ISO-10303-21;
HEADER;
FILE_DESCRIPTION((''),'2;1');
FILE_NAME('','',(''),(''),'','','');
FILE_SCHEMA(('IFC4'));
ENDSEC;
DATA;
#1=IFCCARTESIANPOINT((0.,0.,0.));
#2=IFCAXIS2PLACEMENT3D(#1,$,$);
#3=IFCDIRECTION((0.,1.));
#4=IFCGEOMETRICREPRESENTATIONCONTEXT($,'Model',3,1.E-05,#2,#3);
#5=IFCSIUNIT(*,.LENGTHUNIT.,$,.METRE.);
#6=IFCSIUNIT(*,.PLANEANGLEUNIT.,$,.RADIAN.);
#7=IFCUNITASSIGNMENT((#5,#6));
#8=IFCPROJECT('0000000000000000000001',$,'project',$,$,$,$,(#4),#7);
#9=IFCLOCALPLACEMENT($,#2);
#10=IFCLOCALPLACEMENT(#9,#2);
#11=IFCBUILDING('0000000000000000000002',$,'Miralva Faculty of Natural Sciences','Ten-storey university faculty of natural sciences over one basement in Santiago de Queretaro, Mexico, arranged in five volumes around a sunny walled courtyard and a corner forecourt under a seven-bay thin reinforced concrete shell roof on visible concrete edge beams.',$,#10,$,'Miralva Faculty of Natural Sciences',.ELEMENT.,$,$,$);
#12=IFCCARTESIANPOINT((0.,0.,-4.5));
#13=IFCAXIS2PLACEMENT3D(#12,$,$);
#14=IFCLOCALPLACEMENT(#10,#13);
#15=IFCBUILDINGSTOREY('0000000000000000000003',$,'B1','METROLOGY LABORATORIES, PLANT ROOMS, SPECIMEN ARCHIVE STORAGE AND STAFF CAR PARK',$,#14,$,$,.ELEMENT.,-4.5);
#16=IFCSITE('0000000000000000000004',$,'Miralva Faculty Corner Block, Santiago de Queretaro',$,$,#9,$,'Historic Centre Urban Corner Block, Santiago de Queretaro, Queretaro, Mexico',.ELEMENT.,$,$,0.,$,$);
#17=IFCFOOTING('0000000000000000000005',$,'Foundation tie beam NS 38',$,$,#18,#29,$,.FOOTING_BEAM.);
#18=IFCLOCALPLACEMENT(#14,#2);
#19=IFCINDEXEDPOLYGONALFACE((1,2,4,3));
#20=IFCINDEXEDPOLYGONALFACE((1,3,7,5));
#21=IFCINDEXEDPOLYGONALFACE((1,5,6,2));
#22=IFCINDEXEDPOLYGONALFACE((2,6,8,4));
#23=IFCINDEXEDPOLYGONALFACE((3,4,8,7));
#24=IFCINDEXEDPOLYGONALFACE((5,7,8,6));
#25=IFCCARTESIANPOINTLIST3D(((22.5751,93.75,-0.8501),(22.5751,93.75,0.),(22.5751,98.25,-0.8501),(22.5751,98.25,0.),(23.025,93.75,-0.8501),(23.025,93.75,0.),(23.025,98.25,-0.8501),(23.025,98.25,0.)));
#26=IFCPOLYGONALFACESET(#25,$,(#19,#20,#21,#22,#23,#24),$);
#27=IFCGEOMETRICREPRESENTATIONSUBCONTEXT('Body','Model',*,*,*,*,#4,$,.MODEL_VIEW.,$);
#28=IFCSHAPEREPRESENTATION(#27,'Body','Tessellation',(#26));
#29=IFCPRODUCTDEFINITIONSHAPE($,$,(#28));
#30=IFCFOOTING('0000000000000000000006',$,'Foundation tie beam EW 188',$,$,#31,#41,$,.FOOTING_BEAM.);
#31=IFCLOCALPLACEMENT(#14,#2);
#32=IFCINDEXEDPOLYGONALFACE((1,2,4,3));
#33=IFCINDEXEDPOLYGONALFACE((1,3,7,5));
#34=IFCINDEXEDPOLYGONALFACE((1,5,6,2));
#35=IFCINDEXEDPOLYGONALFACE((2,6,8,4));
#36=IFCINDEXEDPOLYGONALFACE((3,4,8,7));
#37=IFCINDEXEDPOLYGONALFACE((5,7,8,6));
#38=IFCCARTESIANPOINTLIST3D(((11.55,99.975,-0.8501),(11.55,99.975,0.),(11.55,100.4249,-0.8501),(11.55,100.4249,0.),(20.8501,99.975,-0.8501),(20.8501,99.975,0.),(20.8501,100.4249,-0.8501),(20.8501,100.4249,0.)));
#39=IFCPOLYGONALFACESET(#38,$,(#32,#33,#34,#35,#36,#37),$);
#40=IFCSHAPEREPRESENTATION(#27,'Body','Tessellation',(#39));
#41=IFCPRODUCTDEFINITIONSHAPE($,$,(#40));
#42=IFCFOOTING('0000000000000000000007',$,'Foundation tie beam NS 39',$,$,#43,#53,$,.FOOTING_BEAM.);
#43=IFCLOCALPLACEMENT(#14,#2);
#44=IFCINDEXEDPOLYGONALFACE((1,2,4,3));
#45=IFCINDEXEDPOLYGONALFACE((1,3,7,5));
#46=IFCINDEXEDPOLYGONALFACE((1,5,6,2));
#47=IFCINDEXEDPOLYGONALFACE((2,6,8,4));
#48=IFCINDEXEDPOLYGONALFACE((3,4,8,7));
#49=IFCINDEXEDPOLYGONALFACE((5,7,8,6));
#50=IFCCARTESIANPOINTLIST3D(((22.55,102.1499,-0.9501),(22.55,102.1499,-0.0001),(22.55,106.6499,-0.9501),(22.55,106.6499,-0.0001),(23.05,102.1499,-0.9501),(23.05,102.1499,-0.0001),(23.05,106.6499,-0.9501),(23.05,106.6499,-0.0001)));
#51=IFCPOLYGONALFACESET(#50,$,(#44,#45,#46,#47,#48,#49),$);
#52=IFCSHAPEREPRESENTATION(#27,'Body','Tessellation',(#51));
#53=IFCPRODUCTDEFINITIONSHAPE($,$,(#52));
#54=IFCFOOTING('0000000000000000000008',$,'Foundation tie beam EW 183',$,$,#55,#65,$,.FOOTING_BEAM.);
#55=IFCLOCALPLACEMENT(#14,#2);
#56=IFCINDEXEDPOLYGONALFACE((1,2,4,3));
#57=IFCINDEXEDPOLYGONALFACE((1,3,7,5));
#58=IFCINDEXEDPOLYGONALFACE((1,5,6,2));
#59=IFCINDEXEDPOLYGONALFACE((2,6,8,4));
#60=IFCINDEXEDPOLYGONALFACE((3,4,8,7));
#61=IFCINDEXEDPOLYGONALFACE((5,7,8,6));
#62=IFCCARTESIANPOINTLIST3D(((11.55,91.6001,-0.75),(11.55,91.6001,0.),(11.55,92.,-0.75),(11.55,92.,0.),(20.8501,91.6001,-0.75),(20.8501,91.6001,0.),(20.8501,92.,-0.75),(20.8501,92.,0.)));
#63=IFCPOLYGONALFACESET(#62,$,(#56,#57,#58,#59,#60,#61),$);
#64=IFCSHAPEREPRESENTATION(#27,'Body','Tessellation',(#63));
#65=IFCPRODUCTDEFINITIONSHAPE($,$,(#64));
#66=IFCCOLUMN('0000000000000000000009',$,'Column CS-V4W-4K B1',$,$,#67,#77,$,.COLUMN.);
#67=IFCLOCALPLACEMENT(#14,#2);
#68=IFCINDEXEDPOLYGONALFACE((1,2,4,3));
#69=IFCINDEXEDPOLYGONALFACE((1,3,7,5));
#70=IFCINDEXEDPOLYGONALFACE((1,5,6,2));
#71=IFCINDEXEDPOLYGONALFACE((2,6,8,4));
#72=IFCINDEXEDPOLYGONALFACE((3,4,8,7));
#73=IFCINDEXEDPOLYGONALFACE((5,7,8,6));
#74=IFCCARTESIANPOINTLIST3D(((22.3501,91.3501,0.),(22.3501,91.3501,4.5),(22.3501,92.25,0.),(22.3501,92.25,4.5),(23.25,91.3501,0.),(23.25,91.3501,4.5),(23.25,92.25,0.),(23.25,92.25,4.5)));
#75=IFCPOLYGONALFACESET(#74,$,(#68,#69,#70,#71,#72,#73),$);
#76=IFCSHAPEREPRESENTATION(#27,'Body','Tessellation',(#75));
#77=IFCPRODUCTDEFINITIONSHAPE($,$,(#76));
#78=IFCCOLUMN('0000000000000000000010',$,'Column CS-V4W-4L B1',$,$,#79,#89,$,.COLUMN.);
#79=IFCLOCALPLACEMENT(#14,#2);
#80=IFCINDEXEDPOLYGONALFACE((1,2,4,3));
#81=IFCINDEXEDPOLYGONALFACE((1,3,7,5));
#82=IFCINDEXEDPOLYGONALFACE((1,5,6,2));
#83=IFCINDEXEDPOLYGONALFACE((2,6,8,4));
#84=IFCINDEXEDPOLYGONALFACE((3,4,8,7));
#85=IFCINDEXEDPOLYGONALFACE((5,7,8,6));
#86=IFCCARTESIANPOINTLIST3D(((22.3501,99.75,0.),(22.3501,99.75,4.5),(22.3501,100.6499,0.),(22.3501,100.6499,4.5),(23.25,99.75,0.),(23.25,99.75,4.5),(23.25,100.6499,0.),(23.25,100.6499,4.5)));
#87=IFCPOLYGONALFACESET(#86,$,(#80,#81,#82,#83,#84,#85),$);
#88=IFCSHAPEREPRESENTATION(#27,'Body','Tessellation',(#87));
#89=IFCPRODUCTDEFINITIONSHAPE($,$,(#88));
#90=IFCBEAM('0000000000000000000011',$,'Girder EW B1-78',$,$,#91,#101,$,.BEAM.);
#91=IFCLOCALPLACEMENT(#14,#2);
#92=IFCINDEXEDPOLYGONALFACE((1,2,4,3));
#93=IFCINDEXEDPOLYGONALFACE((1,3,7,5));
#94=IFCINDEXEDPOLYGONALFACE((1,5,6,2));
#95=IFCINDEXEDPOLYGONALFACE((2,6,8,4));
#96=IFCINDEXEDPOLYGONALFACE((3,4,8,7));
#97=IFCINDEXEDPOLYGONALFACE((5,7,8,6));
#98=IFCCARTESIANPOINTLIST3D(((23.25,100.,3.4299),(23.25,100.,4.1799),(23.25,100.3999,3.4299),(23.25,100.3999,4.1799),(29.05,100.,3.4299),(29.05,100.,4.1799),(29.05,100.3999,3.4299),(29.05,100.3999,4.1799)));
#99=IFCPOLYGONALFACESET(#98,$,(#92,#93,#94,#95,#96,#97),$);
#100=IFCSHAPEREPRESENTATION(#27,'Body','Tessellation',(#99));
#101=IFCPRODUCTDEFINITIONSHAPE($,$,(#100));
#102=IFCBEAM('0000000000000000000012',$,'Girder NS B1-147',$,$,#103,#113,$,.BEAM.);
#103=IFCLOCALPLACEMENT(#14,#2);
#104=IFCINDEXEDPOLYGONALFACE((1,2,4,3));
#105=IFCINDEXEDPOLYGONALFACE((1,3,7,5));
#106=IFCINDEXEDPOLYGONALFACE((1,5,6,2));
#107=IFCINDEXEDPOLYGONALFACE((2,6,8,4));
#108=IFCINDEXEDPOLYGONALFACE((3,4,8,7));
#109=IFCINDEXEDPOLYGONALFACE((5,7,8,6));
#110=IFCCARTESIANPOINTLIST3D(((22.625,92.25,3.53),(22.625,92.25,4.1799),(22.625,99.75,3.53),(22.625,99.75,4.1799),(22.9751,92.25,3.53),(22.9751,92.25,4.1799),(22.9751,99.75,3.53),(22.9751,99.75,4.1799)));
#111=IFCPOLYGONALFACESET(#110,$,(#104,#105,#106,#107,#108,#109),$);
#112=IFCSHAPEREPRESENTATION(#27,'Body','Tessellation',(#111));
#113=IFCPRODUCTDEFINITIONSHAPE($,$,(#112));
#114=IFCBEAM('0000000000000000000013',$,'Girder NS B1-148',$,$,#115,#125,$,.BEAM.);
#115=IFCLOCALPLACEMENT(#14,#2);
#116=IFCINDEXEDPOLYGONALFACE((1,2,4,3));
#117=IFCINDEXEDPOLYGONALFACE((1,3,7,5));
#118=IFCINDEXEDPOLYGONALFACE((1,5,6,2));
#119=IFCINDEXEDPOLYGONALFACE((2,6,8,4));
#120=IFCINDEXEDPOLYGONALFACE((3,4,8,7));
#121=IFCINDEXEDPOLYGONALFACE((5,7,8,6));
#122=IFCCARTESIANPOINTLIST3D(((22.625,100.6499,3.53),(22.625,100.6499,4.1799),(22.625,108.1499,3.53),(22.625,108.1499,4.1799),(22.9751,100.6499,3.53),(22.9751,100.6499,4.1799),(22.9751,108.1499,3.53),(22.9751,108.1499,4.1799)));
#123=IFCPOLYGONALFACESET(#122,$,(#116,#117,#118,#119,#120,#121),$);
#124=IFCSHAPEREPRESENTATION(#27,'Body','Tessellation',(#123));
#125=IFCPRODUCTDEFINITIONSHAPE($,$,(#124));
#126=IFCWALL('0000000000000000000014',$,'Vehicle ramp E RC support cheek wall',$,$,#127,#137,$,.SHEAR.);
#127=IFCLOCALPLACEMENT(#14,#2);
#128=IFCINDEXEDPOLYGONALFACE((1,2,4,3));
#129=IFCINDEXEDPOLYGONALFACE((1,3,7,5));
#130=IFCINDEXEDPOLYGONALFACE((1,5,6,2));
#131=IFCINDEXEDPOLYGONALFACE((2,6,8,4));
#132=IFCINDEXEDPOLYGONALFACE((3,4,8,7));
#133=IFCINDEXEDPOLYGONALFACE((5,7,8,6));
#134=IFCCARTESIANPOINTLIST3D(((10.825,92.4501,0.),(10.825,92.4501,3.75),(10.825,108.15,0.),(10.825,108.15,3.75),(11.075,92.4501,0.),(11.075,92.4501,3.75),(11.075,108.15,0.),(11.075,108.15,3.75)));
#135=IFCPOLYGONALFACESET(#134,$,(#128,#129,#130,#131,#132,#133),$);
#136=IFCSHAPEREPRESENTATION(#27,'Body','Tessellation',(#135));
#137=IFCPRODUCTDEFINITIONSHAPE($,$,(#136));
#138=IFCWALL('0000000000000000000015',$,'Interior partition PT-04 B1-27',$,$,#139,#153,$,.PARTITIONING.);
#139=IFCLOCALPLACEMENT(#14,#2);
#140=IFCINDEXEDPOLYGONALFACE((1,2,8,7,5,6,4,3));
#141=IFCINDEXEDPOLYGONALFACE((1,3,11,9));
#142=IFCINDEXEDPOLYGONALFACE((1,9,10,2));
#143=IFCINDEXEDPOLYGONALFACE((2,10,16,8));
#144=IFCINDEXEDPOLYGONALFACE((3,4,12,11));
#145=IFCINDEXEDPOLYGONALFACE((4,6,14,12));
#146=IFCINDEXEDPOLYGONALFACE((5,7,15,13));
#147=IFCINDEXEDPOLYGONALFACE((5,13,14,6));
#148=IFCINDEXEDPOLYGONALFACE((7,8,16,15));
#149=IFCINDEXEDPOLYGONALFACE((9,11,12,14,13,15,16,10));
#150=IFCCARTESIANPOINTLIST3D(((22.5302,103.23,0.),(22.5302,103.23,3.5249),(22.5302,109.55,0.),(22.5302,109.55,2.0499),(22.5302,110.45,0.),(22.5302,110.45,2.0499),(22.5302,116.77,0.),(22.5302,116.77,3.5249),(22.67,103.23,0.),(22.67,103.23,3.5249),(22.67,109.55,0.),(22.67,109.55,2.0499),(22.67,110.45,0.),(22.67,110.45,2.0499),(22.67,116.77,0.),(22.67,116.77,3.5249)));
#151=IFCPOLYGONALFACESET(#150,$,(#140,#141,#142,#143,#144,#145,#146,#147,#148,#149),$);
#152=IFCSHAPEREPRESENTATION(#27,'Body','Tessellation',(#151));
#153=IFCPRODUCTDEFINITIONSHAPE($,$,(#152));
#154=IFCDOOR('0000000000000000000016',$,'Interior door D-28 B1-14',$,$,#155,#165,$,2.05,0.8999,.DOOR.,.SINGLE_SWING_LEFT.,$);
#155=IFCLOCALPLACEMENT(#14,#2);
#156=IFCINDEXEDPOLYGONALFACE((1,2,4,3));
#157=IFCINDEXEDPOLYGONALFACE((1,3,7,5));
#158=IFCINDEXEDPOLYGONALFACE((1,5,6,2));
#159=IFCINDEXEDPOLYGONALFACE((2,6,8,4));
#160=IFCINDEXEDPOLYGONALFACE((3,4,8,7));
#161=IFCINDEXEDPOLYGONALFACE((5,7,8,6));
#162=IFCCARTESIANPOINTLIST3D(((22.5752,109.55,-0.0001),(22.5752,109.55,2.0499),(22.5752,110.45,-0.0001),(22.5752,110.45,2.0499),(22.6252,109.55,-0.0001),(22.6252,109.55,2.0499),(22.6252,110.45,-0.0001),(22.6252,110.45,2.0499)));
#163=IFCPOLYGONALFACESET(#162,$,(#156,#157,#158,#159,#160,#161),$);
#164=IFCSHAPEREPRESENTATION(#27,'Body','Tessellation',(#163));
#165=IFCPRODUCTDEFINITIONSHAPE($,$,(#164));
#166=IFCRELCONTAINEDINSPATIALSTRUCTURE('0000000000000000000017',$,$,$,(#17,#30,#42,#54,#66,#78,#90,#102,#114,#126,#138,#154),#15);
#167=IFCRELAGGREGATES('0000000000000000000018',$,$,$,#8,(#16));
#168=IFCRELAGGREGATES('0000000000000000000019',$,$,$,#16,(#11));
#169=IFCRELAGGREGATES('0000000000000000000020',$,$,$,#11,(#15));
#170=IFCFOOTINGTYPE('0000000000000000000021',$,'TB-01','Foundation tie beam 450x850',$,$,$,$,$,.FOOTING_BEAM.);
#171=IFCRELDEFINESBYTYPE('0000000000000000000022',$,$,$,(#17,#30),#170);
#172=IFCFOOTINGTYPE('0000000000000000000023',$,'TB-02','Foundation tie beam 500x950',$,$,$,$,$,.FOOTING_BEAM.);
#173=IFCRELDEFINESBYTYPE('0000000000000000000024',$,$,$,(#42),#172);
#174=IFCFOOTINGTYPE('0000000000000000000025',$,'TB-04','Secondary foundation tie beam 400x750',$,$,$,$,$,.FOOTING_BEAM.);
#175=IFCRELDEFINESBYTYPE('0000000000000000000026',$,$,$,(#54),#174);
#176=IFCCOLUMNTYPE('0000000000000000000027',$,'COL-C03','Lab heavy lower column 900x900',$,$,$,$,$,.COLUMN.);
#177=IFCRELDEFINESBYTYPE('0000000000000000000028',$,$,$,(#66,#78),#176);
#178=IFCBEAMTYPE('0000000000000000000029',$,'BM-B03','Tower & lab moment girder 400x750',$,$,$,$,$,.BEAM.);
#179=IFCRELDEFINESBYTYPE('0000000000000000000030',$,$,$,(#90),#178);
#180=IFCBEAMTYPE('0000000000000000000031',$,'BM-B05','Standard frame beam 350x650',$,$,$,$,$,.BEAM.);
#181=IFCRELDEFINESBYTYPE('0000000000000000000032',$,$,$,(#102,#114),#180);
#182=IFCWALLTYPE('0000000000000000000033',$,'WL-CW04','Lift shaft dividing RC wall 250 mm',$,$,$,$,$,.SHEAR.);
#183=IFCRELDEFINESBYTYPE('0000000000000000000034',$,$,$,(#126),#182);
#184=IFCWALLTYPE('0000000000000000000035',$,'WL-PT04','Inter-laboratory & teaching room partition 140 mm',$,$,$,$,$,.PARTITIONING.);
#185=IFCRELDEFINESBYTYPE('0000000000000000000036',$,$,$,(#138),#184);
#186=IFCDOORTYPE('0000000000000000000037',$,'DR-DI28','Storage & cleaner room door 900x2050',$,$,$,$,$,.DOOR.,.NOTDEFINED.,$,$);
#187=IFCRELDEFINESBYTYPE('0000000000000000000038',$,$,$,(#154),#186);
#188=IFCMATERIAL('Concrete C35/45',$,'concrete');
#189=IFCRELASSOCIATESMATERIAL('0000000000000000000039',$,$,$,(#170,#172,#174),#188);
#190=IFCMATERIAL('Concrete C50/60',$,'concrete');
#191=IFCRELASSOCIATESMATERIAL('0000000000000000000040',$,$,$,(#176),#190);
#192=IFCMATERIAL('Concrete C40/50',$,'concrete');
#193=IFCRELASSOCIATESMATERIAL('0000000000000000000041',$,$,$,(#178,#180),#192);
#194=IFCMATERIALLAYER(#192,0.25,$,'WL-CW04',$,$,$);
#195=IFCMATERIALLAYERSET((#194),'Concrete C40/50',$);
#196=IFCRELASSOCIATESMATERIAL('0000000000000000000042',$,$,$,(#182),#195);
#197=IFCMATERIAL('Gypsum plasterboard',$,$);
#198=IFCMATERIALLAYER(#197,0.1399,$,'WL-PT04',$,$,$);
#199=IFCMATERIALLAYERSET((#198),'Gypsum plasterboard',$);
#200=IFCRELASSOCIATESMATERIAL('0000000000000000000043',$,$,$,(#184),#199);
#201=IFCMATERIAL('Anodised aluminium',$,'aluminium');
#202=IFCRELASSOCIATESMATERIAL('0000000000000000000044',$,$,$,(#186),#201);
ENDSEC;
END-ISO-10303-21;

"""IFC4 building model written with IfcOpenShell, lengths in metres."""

from ifc_helpers import new_model, si_unit, direction, frame, frame_2d, origin, origin_2d, place, context, subcontext, project, spatial, rectangle, extrude, material, layer, layer_set, material_profile, profile_set, type_object, element, fill, save


model = new_model("IFC4")

# Units and contexts
model_context = context("Model", 3, precision=1e-05, world=origin(), true_north=direction((0.0, 1.0)))
body_context = subcontext(model_context, "Body", "Model", "MODEL_VIEW")
ifc_project = project(units=[si_unit("LENGTHUNIT", "METRE"), si_unit("PLANEANGLEUNIT", "RADIAN")], contexts=[model_context])

# Site, building, storey
site_placement = place(None, origin())
site = spatial("IfcSite", under=ifc_project, at=site_placement, Name="Miralva Faculty Corner Block, Santiago de Queretaro", LongName="Historic Centre Urban Corner Block, Santiago de Queretaro, Queretaro, Mexico", CompositionType="ELEMENT", RefElevation=0.0)
building_placement = place(site_placement, origin())
building = spatial("IfcBuilding", under=site, at=building_placement, Name="Miralva Faculty of Natural Sciences", Description="Ten-storey university faculty of natural sciences over one basement in Santiago de Queretaro, Mexico, arranged in five volumes around a sunny walled courtyard and a corner forecourt under a seven-bay thin reinforced concrete shell roof on visible concrete edge beams.", LongName="Miralva Faculty of Natural Sciences", CompositionType="ELEMENT")
storey_placement = place(building_placement, frame((0.0, 0.0, -4.5)))
storey = spatial("IfcBuildingStorey", under=building, at=storey_placement, Name="B1", Description="METROLOGY LABORATORIES, PLANT ROOMS, SPECIMEN ARCHIVE STORAGE AND STAFF CAR PARK", CompositionType="ELEMENT", Elevation=-4.5)

# Shared definitions
ifc_material_1 = material(Name="Concrete C35/45", Category="concrete")

# Footings
ifc_material_profile_1 = material_profile(ifc_material_1, rectangle(XDim=0.45, YDim=0.8501, at=origin_2d()), Name="RC 450x850")
ifc_profile_set_1 = profile_set([ifc_material_profile_1], Name="Concrete C35/45")
footing_type_1 = type_object("IfcFootingType", Name="TB-01", Description="Foundation tie beam 450x850", PredefinedType="FOOTING_BEAM", material=ifc_profile_set_1)
footing_1_placement = place(storey_placement, frame((22.8, 93.75, -0.425), z_axis=(0.0, 1.0, 0.0), x_axis=(-1.0, 0.0, 0.0)))
element("IfcFooting", 1, at=footing_1_placement, inside=storey, type_object=footing_type_1, Name="Foundation tie beam NS 38", PredefinedType="FOOTING_BEAM", context=body_context, shape_type="SweptSolid", body=[
    extrude(rectangle(XDim=0.45, YDim=0.8501, at=origin_2d()), origin(), (0.0, 0.0, 1.0), 4.5),
])
footing_2_placement = place(storey_placement, frame((11.55, 100.2, -0.425), z_axis=(1.0, 0.0, 0.0), x_axis=(0.0, 1.0, 0.0)))
element("IfcFooting", 2, at=footing_2_placement, inside=storey, type_object=footing_type_1, Name="Foundation tie beam EW 188", PredefinedType="FOOTING_BEAM", context=body_context, shape_type="SweptSolid", body=[
    extrude(rectangle(XDim=0.45, YDim=0.8501, at=origin_2d()), origin(), (0.0, 0.0, 1.0), 9.3),
])
ifc_material_profile_2 = material_profile(ifc_material_1, rectangle(XDim=0.5, YDim=0.95, at=origin_2d()), Name="RC 500x950")
ifc_profile_set_2 = profile_set([ifc_material_profile_2], Name="Concrete C35/45")
footing_type_2 = type_object("IfcFootingType", Name="TB-02", Description="Foundation tie beam 500x950", PredefinedType="FOOTING_BEAM", material=ifc_profile_set_2)
footing_3_placement = place(storey_placement, frame((22.8, 102.1499, -0.4751), z_axis=(0.0, 1.0, 0.0), x_axis=(-1.0, 0.0, 0.0)))
element("IfcFooting", 3, at=footing_3_placement, inside=storey, type_object=footing_type_2, Name="Foundation tie beam NS 39", PredefinedType="FOOTING_BEAM", context=body_context, shape_type="SweptSolid", body=[
    extrude(rectangle(XDim=0.5, YDim=0.95, at=origin_2d()), origin(), (0.0, 0.0, 1.0), 4.5),
])
ifc_material_profile_3 = material_profile(ifc_material_1, rectangle(XDim=0.3999, YDim=0.75, at=origin_2d()), Name="RC 400x750")
ifc_profile_set_3 = profile_set([ifc_material_profile_3], Name="Concrete C35/45")
footing_type_3 = type_object("IfcFootingType", Name="TB-04", Description="Secondary foundation tie beam 400x750", PredefinedType="FOOTING_BEAM", material=ifc_profile_set_3)
footing_4_placement = place(storey_placement, frame((11.55, 91.8, -0.375), z_axis=(1.0, 0.0, 0.0), x_axis=(0.0, 1.0, 0.0)))
element("IfcFooting", 4, at=footing_4_placement, inside=storey, type_object=footing_type_3, Name="Foundation tie beam EW 183", PredefinedType="FOOTING_BEAM", context=body_context, shape_type="SweptSolid", body=[
    extrude(rectangle(XDim=0.3999, YDim=0.75, at=origin_2d()), origin(), (0.0, 0.0, 1.0), 9.3),
])

# Columns
ifc_material_2 = material(Name="Concrete C50/60", Category="concrete")
ifc_material_profile_4 = material_profile(ifc_material_2, rectangle(XDim=0.8999, YDim=0.8999, at=origin_2d()), Name="RC 900x900")
ifc_profile_set_4 = profile_set([ifc_material_profile_4], Name="Concrete C50/60")
column_type = type_object("IfcColumnType", Name="COL-C03", Description="Lab heavy lower column 900x900", PredefinedType="COLUMN", material=ifc_profile_set_4)
for number, where, z_axis, x_axis, name in (
    (5, (22.8, 91.8, 0.0), (0.0, 0.0, 1.0), (1.0, 0.0, 0.0), "Column CS-V4W-4K B1"),
    (6, (22.8, 100.2, 0.0), (0.0, 0.0, 1.0), (1.0, 0.0, 0.0), "Column CS-V4W-4L B1"),
):
    element("IfcColumn", number, at=place(storey_placement, frame(where, z_axis=z_axis, x_axis=x_axis)), inside=storey, type_object=column_type, Name=name, PredefinedType="COLUMN", context=body_context, shape_type="SweptSolid", body=[
        extrude(rectangle(XDim=0.8999, YDim=0.8999, at=origin_2d()), origin(), (0.0, 0.0, 1.0), 4.5),
    ])

# Beams
ifc_material_3 = material(Name="Concrete C40/50", Category="concrete")
ifc_material_profile_5 = material_profile(ifc_material_3, rectangle(XDim=0.3999, YDim=0.75, at=origin_2d()), Name="RC 400x750")
ifc_profile_set_5 = profile_set([ifc_material_profile_5], Name="Concrete C40/50")
beam_type_1 = type_object("IfcBeamType", Name="BM-B03", Description="Tower & lab moment girder 400x750", PredefinedType="BEAM", material=ifc_profile_set_5)
beam_placement = place(storey_placement, frame((23.25, 100.2, 3.8049), z_axis=(1.0, 0.0, 0.0), x_axis=(0.0, 1.0, 0.0)))
element("IfcBeam", 7, at=beam_placement, inside=storey, type_object=beam_type_1, Name="Girder EW B1-78", PredefinedType="BEAM", context=body_context, shape_type="SweptSolid", body=[
    extrude(rectangle(XDim=0.3999, YDim=0.75, at=origin_2d()), origin(), (0.0, 0.0, 1.0), 5.8),
])
ifc_material_profile_6 = material_profile(ifc_material_3, rectangle(XDim=0.3501, YDim=0.6499, at=origin_2d()), Name="RC 350x650")
ifc_profile_set_6 = profile_set([ifc_material_profile_6], Name="Concrete C40/50")
beam_type_2 = type_object("IfcBeamType", Name="BM-B05", Description="Standard frame beam 350x650", PredefinedType="BEAM", material=ifc_profile_set_6)
for number, where, z_axis, x_axis, name in (
    (8, (22.8, 92.25, 3.855), (0.0, 1.0, 0.0), (-1.0, 0.0, 0.0), "Girder NS B1-147"),
    (9, (22.8, 100.6499, 3.855), (0.0, 1.0, 0.0), (-1.0, 0.0, 0.0), "Girder NS B1-148"),
):
    element("IfcBeam", number, at=place(storey_placement, frame(where, z_axis=z_axis, x_axis=x_axis)), inside=storey, type_object=beam_type_2, Name=name, PredefinedType="BEAM", context=body_context, shape_type="SweptSolid", body=[
        extrude(rectangle(XDim=0.3501, YDim=0.6499, at=origin_2d()), origin(), (0.0, 0.0, 1.0), 7.5),
    ])

# Wall
ifc_layer_1 = layer(ifc_material_3, 0.25, Name="WL-CW04")
ifc_layer_set_1 = layer_set([ifc_layer_1], Name="Concrete C40/50")
wall_type_1 = type_object("IfcWallType", Name="WL-CW04", Description="Lift shaft dividing RC wall 250 mm", PredefinedType="SHEAR", material=ifc_layer_set_1)
wall_1_placement = place(storey_placement, frame((10.95, 92.45, 0.0), z_axis=(0.0, 0.0, 1.0), x_axis=(0.0, 1.0, 0.0)))
element("IfcWall", 10, at=wall_1_placement, inside=storey, type_object=wall_type_1, Name="Vehicle ramp E RC support cheek wall", PredefinedType="SHEAR", context=body_context, shape_type="SweptSolid", body=[
    extrude(rectangle(XDim=15.7, YDim=0.25, at=frame_2d((7.8501, 0.0))), origin(), (0.0, 0.0, 1.0), 3.75),
])

# Wall, opening, door
ifc_material_4 = material(Name="Gypsum plasterboard")
ifc_layer_2 = layer(ifc_material_4, 0.1399, Name="WL-PT04")
ifc_layer_set_2 = layer_set([ifc_layer_2], Name="Gypsum plasterboard")
wall_type_2 = type_object("IfcWallType", Name="WL-PT04", Description="Inter-laboratory & teaching room partition 140 mm", PredefinedType="PARTITIONING", material=ifc_layer_set_2)
wall_2_placement = place(storey_placement, frame((22.6001, 103.23, 0.0), z_axis=(0.0, 0.0, 1.0), x_axis=(0.0, 1.0, 0.0)))
wall_2 = element("IfcWall", 11, at=wall_2_placement, inside=storey, type_object=wall_type_2, Name="Interior partition PT-04 B1-27", PredefinedType="PARTITIONING", context=body_context, shape_type="SweptSolid", body=[
    extrude(rectangle(XDim=13.54, YDim=0.1399, at=frame_2d((6.77, 0.0))), origin(), (0.0, 0.0, 1.0), 3.5249),
])
opening_1_placement = place(wall_2_placement, frame((6.3201, 0.0, 0.0)))
opening_1 = element("IfcOpeningElement", 12, at=opening_1_placement, cuts=wall_2, PredefinedType="OPENING", context=body_context, shape_type="SweptSolid", body=[
    extrude(rectangle(XDim=0.8999, YDim=2.05, at=frame_2d((0.45, 1.0249))), frame((0.0, 0.0798, 0.0), z_axis=(0.0, -1.0, 0.0), x_axis=(1.0, 0.0, 0.0)), (0.0, 0.0, 1.0), 0.1599),
])
ifc_material_5 = material(Name="Anodised aluminium", Category="aluminium")
door_type = type_object("IfcDoorType", Name="DR-DI28", Description="Storage & cleaner room door 900x2050", OperationType="NOTDEFINED", PredefinedType="DOOR", material=ifc_material_5)
door_1_placement = place(opening_1_placement, origin())
door_1 = element("IfcDoor", 13, at=door_1_placement, inside=storey, type_object=door_type, Name="Interior door D-28 B1-14", OperationType="SINGLE_SWING_LEFT", OverallHeight=2.05, OverallWidth=0.8999, PredefinedType="DOOR", context=body_context, shape_type="SweptSolid", body=[
    extrude(rectangle(XDim=0.8999, YDim=2.05, at=frame_2d((0.45, 1.0249))), frame((0.0, 0.0249, 0.0), z_axis=(0.0, -1.0, 0.0), x_axis=(1.0, 0.0, 0.0)), (0.0, 0.0, 1.0), 0.05),
])
fill(opening_1, door_1)

save(model, "model.ifc")
